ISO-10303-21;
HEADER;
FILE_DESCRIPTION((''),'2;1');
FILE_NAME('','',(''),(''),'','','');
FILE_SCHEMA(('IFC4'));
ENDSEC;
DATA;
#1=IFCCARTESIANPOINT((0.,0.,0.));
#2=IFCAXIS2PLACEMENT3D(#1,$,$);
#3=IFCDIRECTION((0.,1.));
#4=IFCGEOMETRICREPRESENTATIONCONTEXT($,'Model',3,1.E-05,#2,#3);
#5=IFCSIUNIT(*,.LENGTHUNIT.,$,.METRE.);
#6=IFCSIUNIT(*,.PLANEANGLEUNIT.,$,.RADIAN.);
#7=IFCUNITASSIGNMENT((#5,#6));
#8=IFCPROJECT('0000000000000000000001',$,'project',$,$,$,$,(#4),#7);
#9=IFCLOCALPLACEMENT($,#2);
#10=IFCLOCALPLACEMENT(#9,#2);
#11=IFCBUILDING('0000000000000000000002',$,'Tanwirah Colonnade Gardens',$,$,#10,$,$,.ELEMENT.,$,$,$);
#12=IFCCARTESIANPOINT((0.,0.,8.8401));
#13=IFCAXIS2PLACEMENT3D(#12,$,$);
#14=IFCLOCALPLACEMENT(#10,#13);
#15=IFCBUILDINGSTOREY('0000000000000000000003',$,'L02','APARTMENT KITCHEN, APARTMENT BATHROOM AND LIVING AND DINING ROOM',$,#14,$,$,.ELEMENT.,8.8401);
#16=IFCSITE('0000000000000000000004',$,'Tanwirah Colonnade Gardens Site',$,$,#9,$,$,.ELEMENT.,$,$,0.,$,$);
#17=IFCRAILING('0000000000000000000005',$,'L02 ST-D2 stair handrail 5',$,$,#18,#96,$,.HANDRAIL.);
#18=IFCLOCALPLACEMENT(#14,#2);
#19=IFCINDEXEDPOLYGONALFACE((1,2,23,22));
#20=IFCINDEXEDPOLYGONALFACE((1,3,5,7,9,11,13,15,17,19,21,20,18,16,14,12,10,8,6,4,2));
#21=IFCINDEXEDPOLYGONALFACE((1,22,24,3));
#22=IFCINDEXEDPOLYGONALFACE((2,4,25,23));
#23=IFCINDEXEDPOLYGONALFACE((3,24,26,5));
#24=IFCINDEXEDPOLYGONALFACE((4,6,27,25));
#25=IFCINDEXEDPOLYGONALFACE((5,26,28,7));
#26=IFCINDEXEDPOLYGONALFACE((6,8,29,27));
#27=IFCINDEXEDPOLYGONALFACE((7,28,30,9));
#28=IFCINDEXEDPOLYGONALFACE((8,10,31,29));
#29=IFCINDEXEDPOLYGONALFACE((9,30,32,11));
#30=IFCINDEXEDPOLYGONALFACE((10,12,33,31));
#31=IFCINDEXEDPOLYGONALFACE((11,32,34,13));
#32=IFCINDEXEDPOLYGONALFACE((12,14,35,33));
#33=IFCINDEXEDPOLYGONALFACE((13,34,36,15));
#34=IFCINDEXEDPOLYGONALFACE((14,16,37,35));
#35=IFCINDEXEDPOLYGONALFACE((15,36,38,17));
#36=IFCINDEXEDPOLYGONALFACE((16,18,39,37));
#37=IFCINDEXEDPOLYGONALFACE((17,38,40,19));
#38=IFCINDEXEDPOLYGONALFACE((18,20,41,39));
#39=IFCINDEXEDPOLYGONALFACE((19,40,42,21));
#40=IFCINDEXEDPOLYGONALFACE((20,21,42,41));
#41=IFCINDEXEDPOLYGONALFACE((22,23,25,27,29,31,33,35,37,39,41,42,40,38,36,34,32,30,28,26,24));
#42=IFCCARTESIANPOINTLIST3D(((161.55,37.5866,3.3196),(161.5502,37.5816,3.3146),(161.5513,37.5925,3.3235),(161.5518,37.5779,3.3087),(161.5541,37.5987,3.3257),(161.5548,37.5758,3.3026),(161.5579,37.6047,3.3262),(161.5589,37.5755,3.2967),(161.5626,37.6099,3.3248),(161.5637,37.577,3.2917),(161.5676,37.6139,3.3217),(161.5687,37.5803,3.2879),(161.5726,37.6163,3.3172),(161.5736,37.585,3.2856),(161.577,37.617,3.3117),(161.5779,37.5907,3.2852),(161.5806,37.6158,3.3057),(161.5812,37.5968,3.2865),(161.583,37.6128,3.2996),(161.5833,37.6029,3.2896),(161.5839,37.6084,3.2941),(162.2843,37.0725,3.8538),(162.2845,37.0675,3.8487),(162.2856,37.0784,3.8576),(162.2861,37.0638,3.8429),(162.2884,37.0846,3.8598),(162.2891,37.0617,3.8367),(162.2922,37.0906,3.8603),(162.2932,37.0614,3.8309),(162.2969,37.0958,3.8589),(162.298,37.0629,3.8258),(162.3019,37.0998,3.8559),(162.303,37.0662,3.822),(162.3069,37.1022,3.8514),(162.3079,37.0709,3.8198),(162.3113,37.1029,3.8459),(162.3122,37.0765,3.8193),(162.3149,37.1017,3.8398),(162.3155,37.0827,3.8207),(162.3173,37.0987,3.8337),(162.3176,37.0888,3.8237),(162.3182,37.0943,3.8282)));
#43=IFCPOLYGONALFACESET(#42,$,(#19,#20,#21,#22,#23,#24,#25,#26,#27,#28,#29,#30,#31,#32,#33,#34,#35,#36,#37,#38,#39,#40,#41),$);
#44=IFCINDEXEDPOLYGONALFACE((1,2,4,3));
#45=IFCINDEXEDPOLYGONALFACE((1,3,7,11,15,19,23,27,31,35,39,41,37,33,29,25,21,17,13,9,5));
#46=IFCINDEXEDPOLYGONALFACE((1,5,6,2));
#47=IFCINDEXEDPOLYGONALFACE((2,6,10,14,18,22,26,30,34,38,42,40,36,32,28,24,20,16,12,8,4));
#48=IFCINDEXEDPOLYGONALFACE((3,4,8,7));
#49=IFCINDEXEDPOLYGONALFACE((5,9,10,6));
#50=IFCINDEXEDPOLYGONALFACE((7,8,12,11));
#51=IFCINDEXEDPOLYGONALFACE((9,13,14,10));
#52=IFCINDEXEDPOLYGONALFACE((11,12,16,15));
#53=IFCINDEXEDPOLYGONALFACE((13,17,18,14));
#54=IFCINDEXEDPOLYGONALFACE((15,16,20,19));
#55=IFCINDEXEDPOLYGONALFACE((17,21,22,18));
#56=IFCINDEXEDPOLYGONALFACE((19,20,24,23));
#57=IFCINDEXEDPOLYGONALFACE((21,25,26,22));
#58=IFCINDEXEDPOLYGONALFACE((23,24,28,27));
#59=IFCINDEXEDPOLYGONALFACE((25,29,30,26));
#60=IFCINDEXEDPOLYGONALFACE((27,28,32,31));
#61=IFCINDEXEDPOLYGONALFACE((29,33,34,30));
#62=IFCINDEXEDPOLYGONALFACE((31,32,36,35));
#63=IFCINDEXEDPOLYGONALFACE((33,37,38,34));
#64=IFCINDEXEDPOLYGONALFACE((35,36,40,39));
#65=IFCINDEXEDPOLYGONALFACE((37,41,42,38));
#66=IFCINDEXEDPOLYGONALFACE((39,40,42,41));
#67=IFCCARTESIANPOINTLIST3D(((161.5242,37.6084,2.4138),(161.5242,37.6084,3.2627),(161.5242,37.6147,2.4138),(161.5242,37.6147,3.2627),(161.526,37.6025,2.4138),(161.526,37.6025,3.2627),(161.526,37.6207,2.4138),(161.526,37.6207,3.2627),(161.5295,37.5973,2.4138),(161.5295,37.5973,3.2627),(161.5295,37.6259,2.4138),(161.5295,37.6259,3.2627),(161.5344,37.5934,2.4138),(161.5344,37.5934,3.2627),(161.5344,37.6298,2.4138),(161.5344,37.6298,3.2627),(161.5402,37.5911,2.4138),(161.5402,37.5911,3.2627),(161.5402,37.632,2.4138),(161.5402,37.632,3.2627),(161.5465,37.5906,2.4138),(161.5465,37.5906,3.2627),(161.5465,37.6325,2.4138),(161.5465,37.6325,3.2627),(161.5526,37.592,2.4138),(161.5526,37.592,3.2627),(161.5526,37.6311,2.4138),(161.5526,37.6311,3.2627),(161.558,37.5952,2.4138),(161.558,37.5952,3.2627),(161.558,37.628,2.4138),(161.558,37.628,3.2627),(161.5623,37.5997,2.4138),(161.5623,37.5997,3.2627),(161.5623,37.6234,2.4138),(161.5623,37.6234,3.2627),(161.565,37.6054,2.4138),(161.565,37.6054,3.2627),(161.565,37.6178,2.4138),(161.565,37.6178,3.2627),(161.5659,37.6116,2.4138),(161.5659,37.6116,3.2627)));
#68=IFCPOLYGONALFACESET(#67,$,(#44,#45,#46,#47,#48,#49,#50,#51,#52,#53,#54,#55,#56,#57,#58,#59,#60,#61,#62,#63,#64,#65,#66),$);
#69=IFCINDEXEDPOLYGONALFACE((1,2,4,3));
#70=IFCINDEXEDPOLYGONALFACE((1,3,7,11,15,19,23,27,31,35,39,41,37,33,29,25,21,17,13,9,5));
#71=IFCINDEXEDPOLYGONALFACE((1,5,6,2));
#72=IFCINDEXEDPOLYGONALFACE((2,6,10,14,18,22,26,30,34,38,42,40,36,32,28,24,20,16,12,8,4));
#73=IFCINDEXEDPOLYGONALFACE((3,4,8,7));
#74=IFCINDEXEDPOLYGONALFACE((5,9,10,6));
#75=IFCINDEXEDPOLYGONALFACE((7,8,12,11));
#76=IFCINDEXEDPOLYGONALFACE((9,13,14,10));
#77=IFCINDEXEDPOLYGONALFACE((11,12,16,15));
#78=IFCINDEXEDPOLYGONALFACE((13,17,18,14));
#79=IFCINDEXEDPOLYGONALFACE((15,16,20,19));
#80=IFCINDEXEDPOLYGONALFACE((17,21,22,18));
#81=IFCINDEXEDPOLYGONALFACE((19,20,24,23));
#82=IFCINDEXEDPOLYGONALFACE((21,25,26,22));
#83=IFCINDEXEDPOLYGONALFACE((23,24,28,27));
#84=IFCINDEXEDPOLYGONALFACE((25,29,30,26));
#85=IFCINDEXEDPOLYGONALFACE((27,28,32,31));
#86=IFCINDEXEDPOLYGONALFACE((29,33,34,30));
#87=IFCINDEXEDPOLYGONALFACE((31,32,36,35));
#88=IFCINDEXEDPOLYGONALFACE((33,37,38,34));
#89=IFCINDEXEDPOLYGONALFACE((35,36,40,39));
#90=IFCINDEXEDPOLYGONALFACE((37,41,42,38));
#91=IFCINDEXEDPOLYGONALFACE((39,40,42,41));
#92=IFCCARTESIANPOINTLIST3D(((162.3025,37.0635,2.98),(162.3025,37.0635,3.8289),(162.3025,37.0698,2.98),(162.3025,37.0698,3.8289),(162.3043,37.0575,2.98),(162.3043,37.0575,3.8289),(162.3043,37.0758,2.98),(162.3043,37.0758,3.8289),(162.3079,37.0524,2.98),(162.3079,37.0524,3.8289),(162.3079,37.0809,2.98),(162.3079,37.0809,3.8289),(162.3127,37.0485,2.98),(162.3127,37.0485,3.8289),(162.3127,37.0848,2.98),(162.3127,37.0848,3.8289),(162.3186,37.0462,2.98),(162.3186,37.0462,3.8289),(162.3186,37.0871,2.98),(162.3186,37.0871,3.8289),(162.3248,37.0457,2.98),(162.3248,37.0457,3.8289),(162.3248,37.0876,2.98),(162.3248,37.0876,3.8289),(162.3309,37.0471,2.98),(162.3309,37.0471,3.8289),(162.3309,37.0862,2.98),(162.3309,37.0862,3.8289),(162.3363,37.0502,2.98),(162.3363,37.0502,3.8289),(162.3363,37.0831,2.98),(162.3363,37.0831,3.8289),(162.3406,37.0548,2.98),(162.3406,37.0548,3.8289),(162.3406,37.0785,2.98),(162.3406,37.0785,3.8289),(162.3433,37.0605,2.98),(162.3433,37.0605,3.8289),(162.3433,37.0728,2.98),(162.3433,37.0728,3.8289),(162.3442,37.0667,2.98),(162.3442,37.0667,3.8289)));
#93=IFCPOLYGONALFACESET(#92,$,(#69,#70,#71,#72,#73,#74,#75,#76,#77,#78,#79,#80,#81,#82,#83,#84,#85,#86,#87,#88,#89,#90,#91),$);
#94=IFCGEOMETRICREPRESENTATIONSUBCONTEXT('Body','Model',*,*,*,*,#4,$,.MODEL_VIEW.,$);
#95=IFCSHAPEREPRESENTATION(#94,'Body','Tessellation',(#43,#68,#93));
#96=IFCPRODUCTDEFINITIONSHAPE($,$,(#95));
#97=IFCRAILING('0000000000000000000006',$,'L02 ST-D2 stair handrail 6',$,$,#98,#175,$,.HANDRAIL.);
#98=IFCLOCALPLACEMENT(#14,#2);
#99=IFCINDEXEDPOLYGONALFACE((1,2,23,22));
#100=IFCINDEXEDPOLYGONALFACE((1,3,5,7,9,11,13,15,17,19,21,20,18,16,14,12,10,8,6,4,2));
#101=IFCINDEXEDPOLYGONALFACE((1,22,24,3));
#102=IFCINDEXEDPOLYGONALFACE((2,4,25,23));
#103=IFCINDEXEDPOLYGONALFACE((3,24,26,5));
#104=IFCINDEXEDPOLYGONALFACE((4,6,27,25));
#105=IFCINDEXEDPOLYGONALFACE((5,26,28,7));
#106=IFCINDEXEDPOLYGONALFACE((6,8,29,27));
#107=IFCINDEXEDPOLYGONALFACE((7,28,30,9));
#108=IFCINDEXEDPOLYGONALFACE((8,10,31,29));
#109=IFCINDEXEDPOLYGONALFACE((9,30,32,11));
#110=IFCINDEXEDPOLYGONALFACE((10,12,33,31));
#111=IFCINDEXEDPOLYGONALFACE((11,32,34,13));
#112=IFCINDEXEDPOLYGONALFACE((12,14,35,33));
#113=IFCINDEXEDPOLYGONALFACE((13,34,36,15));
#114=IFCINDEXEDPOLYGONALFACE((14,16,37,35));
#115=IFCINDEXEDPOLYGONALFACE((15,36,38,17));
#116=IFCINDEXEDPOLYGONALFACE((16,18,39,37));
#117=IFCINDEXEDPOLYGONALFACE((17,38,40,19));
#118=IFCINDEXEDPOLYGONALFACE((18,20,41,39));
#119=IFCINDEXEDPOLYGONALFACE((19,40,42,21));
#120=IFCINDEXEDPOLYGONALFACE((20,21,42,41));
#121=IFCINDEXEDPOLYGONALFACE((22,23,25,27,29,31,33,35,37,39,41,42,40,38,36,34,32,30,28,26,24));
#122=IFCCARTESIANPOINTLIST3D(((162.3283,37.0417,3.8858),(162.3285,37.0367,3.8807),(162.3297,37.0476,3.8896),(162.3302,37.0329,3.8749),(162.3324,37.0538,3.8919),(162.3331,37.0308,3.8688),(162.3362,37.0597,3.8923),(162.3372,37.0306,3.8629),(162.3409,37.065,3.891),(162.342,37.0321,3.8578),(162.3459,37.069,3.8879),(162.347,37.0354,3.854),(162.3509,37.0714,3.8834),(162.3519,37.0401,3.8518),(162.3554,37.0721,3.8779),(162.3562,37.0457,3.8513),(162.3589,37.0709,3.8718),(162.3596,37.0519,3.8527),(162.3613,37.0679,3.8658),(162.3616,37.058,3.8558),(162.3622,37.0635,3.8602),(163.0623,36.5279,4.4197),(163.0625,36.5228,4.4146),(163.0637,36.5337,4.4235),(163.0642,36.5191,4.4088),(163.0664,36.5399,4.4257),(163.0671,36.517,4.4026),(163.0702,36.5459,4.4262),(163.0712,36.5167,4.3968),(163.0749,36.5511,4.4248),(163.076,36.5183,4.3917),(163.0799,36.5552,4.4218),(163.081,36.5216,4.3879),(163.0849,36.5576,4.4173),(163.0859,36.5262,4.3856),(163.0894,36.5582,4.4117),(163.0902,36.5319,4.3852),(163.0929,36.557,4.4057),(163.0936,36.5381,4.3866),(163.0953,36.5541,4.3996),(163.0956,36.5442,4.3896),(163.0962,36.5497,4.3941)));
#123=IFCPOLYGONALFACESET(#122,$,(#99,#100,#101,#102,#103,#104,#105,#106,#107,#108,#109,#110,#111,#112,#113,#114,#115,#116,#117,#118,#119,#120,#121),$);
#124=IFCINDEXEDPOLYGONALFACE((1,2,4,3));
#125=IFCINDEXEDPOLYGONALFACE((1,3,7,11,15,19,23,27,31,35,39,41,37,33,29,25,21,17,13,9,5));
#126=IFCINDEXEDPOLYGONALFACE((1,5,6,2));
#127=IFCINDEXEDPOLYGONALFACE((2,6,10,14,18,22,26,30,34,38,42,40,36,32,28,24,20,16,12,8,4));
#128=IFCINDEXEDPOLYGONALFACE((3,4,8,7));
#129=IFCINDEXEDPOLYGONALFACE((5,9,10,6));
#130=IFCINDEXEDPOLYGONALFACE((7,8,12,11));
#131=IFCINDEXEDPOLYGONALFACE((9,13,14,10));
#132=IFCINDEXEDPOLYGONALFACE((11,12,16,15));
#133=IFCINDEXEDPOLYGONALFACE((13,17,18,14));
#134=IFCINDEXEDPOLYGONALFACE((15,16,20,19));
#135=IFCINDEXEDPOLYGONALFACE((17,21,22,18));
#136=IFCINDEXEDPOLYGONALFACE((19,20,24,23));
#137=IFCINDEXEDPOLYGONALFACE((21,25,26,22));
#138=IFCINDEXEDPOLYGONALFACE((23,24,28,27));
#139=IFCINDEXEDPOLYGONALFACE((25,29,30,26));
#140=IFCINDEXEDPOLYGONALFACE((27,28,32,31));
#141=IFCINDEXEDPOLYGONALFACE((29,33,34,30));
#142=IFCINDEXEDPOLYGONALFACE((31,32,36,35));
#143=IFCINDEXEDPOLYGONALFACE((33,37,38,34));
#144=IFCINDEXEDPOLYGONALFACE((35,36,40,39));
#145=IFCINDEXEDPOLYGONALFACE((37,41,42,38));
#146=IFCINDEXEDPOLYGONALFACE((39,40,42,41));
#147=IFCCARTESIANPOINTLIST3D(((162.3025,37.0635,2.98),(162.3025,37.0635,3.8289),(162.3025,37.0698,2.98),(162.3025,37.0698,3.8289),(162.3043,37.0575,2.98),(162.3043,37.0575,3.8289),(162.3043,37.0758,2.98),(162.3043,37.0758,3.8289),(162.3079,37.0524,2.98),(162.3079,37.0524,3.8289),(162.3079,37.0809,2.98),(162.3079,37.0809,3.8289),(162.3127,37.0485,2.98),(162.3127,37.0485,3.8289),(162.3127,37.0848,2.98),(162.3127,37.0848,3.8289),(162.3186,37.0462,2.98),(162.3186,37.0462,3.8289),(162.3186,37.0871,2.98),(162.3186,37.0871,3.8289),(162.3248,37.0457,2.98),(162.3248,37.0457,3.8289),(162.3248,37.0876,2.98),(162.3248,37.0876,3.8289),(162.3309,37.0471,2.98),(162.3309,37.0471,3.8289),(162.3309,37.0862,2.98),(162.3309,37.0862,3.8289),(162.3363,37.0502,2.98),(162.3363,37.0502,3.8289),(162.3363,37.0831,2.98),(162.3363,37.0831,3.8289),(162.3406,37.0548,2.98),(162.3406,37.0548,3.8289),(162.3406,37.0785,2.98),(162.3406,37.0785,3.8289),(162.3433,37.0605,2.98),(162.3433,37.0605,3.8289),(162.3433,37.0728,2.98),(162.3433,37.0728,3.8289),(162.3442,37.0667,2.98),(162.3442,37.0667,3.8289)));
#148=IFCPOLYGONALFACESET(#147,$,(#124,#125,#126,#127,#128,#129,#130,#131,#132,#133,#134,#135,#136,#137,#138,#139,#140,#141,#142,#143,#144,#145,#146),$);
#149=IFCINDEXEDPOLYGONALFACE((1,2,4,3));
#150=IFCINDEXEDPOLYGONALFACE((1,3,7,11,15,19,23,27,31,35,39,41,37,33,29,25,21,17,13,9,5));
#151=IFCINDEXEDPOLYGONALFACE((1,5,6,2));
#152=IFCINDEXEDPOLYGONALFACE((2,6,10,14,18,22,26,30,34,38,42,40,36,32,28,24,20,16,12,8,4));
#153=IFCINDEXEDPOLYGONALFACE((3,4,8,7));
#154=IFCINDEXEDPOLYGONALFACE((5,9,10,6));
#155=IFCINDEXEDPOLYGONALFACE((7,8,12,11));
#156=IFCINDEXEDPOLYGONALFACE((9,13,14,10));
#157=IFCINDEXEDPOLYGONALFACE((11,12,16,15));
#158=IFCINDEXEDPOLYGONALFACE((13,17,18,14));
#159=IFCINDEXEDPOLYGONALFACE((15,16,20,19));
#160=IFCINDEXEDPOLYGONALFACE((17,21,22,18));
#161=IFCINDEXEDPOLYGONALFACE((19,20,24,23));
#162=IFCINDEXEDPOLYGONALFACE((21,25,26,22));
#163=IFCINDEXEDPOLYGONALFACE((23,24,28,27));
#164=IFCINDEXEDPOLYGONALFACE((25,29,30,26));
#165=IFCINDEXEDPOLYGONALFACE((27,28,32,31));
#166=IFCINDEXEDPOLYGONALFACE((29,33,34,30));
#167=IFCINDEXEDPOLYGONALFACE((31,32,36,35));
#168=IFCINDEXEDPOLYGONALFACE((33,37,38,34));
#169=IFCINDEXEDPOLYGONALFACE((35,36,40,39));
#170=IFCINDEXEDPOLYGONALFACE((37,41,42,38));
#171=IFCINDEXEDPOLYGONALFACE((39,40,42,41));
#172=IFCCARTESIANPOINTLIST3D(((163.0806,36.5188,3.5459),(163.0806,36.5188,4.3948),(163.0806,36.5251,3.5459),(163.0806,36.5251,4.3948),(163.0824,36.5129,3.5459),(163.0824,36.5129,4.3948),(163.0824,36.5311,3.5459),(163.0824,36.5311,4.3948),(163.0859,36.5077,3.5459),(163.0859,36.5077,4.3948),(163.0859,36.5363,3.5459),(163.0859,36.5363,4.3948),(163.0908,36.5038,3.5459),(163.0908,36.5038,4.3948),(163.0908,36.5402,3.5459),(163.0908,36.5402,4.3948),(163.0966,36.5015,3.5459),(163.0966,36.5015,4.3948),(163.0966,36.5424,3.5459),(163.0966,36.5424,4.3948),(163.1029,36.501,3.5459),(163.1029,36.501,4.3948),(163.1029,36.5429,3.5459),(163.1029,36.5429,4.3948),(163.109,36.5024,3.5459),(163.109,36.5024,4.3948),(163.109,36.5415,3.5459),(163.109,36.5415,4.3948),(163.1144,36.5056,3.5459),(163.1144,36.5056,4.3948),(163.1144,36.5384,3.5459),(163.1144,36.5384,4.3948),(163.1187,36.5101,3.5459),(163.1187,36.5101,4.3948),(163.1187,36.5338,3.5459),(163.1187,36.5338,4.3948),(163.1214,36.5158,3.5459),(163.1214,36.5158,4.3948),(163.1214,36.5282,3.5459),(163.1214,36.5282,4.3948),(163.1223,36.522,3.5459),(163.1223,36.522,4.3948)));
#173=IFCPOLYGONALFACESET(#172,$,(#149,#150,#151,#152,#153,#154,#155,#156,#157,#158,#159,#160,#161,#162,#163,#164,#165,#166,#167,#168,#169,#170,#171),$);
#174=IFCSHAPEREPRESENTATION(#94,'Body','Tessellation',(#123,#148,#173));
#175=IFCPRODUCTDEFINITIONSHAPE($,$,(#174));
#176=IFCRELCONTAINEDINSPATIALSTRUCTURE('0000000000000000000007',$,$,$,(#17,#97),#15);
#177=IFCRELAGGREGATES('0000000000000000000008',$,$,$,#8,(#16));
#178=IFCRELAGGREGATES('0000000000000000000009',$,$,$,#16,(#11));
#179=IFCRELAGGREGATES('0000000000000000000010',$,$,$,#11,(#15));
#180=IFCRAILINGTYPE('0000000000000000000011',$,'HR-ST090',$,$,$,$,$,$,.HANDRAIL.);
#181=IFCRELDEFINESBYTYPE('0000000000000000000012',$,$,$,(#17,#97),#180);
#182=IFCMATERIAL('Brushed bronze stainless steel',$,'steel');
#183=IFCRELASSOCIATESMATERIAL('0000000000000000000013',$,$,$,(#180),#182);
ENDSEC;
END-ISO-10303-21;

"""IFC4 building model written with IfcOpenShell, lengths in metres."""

from ifc_helpers import new_model, si_unit, direction, frame, origin, origin_2d, place, context, subcontext, project, spatial, circle, extrude, material, type_object, element, save


model = new_model("IFC4")

# Units and contexts
model_context = context("Model", 3, precision=1e-05, world=origin(), true_north=direction((0.0, 1.0)))
body_context = subcontext(model_context, "Body", "Model", "MODEL_VIEW")
ifc_project = project(units=[si_unit("LENGTHUNIT", "METRE"), si_unit("PLANEANGLEUNIT", "RADIAN")], contexts=[model_context])

# Site, building, storey
site_placement = place(None, origin())
site = spatial("IfcSite", under=ifc_project, at=site_placement, Name="Tanwirah Colonnade Gardens Site", CompositionType="ELEMENT", RefElevation=0.0)
building_placement = place(site_placement, origin())
building = spatial("IfcBuilding", under=site, at=building_placement, Name="Tanwirah Colonnade Gardens", CompositionType="ELEMENT")
storey_placement = place(building_placement, frame((0.0, 0.0, 8.8401)))
storey = spatial("IfcBuildingStorey", under=building, at=storey_placement, Name="L02", Description="APARTMENT KITCHEN, APARTMENT BATHROOM AND LIVING AND DINING ROOM", CompositionType="ELEMENT", Elevation=8.8401)

# Railings
ifc_material_1 = material(Name="Brushed bronze stainless steel", Category="steel")
railing_type_1 = type_object("IfcRailingType", Name="HR-ST090", PredefinedType="HANDRAIL", material=ifc_material_1)
railing_1_placement = place(storey_placement, frame((161.5449, 37.6116, 2.4138)))
element("IfcRailing", 1, at=railing_1_placement, inside=storey, type_object=railing_type_1, Name="L02 ST-D2 stair handrail 5", PredefinedType="HANDRAIL", context=body_context, shape_type="SweptSolid", body=[
    extrude(circle(Radius=0.0239, at=origin_2d()), frame((0.022, -0.0154, 0.8918), z_axis=(0.703718, -0.492691, 0.511895), x_axis=(0.573531, 0.819184, 0.0)), (0.0, 0.0, 1.0), 1.0435),
    extrude(circle(Radius=0.021, at=origin_2d()), origin(), (0.0, 0.0, 1.0), 0.8489),
    extrude(circle(Radius=0.021, at=origin_2d()), frame((0.7783, -0.5449, 0.5662)), (0.0, 0.0, 1.0), 0.8489),
])
railing_2_placement = place(storey_placement, frame((162.3232, 37.0667, 2.98)))
element("IfcRailing", 2, at=railing_2_placement, inside=storey, type_object=railing_type_1, Name="L02 ST-D2 stair handrail 6", PredefinedType="HANDRAIL", context=body_context, shape_type="SweptSolid", body=[
    extrude(circle(Radius=0.0239, at=origin_2d()), frame((0.022, -0.0154, 0.8918), z_axis=(0.703763, -0.492656, 0.511868), x_axis=(0.57348, 0.81922, 0.0)), (0.0, 0.0, 1.0), 1.043),
    extrude(circle(Radius=0.021, at=origin_2d()), origin(), (0.0, 0.0, 1.0), 0.8489),
    extrude(circle(Radius=0.021, at=origin_2d()), frame((0.7781, -0.5447, 0.5659)), (0.0, 0.0, 1.0), 0.8489),
])

save(model, "model.ifc")
